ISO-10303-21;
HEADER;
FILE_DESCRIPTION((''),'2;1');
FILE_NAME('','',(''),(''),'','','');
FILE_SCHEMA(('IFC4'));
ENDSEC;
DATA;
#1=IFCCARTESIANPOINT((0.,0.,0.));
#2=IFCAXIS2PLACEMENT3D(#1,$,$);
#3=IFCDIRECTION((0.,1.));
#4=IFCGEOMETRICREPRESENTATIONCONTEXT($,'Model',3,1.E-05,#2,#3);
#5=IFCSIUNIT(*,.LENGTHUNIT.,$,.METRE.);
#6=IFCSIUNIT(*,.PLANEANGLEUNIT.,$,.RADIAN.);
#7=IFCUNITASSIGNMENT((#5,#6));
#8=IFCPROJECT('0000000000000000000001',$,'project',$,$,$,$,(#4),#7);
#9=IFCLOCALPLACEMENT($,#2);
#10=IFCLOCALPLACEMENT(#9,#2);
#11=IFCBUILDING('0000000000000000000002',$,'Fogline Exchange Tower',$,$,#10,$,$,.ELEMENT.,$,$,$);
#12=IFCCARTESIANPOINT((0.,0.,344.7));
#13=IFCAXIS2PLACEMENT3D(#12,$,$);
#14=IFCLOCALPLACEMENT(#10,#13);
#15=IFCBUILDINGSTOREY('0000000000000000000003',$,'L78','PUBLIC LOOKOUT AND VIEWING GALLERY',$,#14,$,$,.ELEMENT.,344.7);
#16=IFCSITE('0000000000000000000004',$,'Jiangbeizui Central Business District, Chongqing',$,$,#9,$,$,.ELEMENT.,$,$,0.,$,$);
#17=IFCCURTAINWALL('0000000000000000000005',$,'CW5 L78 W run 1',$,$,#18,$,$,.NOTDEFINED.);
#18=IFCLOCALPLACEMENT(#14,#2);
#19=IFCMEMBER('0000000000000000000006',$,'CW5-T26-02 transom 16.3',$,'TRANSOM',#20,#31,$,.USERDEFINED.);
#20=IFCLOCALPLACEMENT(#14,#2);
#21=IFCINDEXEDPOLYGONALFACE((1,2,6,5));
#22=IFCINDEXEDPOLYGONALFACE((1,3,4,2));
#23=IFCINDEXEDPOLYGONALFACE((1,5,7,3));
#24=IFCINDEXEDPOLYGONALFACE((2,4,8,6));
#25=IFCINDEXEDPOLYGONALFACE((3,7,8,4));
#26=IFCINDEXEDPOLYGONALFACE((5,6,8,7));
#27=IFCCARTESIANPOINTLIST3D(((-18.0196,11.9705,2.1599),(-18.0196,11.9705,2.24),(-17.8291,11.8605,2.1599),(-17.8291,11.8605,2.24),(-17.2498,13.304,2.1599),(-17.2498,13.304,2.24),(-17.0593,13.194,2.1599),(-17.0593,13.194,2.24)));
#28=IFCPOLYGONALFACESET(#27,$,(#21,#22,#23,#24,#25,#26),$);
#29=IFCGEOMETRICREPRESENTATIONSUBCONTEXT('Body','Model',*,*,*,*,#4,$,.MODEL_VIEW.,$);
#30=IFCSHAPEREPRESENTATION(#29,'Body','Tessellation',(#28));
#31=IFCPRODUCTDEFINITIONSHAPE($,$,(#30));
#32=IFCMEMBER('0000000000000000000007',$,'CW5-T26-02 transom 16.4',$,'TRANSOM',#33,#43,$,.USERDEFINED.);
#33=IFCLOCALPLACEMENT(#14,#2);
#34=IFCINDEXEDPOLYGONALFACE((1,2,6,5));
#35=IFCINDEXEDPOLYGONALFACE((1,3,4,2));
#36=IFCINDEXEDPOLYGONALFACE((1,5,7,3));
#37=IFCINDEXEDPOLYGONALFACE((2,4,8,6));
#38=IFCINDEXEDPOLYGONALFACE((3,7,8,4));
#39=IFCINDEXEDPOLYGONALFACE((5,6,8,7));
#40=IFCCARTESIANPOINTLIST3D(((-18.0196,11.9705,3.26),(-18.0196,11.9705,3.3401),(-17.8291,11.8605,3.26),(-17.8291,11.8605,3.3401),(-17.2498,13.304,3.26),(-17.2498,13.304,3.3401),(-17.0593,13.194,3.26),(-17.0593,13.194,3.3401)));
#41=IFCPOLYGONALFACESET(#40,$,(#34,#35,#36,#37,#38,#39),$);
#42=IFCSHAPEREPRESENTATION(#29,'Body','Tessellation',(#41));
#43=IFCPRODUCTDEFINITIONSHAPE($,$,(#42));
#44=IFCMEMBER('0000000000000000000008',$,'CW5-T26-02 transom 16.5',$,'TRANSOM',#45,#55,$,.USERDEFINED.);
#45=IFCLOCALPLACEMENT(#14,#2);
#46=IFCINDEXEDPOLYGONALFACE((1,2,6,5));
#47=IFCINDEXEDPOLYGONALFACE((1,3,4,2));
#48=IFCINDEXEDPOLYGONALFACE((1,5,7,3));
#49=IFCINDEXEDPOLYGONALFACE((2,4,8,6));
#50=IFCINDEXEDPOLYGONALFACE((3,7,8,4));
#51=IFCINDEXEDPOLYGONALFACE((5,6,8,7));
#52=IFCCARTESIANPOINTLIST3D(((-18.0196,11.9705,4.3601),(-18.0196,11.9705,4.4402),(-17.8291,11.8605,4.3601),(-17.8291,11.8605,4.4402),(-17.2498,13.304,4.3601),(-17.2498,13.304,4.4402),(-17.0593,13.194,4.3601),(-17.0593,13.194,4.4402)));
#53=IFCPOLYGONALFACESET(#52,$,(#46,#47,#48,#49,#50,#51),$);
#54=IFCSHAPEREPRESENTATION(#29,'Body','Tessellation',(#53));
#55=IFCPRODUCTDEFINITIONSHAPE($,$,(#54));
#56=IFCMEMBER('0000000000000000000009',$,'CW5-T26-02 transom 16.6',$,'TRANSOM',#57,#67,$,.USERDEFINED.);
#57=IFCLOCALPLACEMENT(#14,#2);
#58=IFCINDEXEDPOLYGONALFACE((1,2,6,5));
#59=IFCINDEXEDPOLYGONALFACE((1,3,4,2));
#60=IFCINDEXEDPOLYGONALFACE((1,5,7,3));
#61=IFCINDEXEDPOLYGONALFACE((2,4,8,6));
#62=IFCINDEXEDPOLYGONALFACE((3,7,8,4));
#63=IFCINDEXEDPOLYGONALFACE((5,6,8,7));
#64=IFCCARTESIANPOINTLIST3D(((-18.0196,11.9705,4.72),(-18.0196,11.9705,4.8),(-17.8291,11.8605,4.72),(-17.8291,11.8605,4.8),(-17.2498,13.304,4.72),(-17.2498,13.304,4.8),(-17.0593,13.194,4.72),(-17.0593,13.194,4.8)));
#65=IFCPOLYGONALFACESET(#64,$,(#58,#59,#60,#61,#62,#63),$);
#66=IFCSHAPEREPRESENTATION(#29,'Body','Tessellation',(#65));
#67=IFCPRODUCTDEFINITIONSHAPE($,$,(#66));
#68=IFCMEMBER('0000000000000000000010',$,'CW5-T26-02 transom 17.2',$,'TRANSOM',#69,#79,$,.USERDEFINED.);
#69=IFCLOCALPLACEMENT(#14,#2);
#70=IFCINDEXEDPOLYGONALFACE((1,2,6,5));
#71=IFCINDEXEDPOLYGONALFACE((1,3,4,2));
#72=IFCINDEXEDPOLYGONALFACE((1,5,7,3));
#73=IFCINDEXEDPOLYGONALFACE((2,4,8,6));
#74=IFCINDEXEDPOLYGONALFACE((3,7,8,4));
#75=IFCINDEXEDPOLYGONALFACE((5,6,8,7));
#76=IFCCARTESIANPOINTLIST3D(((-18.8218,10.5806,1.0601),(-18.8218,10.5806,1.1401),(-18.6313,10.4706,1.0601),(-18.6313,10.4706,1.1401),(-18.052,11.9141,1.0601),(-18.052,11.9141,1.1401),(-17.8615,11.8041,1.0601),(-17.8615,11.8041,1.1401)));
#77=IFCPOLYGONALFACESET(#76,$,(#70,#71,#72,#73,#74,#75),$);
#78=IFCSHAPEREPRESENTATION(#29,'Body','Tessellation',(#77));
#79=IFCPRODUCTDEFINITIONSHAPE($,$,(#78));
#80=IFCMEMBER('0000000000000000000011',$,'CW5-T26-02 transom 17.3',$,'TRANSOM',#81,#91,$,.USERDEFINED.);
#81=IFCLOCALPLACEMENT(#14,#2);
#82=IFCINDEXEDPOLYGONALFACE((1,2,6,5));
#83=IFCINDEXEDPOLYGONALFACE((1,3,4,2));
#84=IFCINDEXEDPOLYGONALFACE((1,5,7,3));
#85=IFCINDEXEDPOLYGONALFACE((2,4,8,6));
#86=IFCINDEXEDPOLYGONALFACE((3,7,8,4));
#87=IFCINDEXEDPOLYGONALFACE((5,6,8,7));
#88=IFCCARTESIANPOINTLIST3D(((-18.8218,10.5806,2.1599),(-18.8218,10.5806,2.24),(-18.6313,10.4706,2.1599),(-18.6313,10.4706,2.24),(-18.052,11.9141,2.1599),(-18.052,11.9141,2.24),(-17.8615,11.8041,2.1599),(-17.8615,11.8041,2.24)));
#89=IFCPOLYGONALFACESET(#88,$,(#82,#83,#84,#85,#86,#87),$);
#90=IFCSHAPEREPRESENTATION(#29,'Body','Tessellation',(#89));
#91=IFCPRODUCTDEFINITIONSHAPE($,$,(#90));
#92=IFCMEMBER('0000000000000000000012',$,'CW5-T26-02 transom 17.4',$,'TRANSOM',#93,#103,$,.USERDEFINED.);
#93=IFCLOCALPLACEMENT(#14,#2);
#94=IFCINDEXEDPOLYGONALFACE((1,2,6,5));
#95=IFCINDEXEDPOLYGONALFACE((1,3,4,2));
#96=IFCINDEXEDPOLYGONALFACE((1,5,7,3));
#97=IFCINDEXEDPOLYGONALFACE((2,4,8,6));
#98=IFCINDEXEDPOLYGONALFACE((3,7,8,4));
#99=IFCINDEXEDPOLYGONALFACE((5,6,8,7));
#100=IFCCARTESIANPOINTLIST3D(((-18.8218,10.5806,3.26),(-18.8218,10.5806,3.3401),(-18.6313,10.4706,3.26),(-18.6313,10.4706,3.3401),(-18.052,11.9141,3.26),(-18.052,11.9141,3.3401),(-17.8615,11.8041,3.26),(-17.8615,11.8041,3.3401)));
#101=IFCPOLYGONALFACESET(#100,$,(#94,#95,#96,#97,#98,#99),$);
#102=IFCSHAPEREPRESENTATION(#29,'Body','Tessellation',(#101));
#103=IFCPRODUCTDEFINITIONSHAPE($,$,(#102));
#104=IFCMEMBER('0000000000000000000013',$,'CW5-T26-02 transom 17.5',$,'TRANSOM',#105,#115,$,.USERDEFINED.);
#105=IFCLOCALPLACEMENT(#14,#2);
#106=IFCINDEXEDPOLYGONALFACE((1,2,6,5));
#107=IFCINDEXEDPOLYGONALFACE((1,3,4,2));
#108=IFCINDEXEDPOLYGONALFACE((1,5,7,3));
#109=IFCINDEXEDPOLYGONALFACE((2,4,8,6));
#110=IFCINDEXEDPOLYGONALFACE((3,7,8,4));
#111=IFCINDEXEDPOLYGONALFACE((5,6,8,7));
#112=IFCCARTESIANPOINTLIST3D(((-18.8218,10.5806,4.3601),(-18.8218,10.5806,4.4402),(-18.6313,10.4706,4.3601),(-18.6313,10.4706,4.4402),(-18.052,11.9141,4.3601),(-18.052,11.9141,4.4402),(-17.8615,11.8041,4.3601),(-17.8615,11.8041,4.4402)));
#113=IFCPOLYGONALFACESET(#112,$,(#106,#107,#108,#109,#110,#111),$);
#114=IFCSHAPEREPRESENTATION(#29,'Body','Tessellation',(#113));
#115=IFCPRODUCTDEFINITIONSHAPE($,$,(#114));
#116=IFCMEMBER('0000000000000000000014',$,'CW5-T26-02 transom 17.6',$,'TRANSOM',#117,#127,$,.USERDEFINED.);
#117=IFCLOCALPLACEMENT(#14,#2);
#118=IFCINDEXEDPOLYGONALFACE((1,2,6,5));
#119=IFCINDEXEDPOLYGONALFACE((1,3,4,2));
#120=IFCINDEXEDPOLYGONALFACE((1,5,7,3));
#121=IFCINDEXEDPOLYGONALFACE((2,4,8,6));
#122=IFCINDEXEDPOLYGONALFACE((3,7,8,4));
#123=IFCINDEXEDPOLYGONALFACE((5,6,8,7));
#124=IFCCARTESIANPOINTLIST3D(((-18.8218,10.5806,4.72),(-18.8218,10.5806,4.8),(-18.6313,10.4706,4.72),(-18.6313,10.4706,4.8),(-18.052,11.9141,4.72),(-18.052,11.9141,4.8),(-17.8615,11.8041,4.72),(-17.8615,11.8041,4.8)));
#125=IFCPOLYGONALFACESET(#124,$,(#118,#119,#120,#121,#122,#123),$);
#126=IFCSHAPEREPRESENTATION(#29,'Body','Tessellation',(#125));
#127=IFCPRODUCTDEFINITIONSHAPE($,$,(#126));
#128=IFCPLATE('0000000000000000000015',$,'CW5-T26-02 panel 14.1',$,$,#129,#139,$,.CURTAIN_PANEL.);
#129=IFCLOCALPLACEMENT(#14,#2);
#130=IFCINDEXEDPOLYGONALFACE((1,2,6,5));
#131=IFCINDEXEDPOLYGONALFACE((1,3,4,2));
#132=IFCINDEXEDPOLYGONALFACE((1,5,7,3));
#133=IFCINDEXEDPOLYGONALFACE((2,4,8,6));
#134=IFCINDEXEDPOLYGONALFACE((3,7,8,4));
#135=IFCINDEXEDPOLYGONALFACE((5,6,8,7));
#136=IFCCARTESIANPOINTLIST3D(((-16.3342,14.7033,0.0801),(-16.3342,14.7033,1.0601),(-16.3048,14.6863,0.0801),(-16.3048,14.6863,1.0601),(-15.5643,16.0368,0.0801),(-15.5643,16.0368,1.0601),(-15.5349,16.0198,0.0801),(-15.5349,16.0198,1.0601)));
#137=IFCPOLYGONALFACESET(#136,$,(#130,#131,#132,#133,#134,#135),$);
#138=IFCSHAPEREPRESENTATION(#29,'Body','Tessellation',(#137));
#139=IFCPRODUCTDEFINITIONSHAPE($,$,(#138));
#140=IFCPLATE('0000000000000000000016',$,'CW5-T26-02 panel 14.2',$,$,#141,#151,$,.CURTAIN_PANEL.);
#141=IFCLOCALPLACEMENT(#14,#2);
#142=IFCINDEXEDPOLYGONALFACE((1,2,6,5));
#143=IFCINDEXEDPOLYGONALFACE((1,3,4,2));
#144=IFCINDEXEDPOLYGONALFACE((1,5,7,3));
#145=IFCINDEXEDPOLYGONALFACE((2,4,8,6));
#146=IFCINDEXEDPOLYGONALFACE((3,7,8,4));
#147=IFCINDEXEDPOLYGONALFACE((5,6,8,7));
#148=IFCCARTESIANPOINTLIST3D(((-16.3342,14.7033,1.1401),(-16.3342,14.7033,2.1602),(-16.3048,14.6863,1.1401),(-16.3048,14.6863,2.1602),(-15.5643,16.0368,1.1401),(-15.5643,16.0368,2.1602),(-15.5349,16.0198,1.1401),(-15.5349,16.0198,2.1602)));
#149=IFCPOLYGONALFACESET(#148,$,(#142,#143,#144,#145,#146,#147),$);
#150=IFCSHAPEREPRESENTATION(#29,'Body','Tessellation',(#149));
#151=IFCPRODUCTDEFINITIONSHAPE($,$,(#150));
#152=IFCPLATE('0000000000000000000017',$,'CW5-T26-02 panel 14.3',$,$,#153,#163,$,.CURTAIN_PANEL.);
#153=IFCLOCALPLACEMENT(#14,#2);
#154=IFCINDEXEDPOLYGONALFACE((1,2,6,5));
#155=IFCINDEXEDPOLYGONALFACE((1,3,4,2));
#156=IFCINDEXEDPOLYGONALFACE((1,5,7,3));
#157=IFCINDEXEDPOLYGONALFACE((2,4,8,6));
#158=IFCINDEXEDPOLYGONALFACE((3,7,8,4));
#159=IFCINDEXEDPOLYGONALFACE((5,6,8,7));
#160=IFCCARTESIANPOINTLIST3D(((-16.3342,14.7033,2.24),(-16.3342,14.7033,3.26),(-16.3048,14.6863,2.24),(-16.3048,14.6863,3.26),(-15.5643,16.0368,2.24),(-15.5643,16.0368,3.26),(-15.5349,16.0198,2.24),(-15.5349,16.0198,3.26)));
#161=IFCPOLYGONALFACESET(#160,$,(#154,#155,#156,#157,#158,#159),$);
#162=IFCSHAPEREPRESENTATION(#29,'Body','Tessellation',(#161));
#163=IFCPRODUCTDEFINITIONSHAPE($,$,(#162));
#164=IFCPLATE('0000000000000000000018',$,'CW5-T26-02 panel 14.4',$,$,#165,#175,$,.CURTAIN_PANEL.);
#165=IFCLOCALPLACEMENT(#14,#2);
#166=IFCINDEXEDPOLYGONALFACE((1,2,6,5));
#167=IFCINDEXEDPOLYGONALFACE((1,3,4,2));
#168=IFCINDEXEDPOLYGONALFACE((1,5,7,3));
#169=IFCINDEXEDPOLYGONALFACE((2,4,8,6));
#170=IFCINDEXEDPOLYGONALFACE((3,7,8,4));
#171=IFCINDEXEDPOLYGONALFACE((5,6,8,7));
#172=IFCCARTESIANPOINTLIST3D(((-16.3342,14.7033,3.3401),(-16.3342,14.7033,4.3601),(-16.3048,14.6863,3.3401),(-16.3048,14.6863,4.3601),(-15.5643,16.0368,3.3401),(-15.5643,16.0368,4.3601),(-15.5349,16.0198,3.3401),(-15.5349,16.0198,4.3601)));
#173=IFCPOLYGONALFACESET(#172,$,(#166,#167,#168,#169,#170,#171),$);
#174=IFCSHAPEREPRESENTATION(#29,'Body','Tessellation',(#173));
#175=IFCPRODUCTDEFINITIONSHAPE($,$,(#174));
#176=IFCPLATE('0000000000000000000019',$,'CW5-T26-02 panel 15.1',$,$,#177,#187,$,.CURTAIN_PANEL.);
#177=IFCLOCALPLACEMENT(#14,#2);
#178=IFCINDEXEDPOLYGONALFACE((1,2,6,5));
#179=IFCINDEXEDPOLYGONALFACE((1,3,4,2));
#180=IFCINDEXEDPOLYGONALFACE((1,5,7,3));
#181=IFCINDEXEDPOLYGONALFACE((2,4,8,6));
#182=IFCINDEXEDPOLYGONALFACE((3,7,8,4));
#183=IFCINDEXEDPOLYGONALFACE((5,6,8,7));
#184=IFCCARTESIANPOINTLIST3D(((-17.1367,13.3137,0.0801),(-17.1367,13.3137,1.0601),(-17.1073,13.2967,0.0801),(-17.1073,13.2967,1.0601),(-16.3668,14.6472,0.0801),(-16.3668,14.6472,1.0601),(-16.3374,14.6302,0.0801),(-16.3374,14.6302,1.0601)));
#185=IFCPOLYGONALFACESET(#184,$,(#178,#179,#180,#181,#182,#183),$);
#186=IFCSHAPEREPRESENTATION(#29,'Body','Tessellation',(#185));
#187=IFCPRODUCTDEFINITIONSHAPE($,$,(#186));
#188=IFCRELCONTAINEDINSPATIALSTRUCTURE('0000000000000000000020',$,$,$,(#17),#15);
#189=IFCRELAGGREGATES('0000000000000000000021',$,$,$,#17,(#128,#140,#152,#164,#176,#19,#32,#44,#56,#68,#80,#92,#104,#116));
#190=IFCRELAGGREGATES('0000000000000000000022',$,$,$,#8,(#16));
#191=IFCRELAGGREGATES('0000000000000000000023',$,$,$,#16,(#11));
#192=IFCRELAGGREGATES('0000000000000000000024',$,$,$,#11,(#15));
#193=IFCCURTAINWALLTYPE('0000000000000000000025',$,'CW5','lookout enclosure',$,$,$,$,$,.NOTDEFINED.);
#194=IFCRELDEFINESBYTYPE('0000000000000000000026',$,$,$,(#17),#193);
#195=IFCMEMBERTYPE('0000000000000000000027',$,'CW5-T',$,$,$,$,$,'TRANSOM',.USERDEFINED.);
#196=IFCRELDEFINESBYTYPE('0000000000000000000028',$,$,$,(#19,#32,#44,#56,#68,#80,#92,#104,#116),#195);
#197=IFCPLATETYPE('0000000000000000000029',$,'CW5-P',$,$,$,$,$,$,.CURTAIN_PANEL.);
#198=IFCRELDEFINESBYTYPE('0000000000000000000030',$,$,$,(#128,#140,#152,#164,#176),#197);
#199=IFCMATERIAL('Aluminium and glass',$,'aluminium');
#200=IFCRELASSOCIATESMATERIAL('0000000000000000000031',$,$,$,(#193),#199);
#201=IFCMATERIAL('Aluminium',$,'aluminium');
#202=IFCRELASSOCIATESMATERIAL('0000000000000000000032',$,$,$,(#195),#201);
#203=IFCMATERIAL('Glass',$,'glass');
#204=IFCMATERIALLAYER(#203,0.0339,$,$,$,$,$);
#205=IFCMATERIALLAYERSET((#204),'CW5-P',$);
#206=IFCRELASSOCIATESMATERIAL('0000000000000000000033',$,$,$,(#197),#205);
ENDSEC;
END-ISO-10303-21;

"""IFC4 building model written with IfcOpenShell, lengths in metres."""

from ifc_helpers import new_model, si_unit, direction, frame, origin, origin_2d, place, context, subcontext, project, spatial, rectangle, extrude, material, layer, layer_set, material_profile, profile_set, type_object, element, aggregate, save


model = new_model("IFC4")

# Units and contexts
model_context = context("Model", 3, precision=1e-05, world=origin(), true_north=direction((0.0, 1.0)))
body_context = subcontext(model_context, "Body", "Model", "MODEL_VIEW")
ifc_project = project(units=[si_unit("LENGTHUNIT", "METRE"), si_unit("PLANEANGLEUNIT", "RADIAN")], contexts=[model_context])

# Site, building, storey
site_placement = place(None, origin())
site = spatial("IfcSite", under=ifc_project, at=site_placement, Name="Jiangbeizui Central Business District, Chongqing", CompositionType="ELEMENT", RefElevation=0.0)
building_placement = place(site_placement, origin())
building = spatial("IfcBuilding", under=site, at=building_placement, Name="Fogline Exchange Tower", CompositionType="ELEMENT")
storey_placement = place(building_placement, frame((0.0, 0.0, 344.7)))
storey = spatial("IfcBuildingStorey", under=building, at=storey_placement, Name="L78", Description="PUBLIC LOOKOUT AND VIEWING GALLERY", CompositionType="ELEMENT", Elevation=344.7)

# Curtain wall, members, plates
ifc_material_1 = material(Name="Aluminium and glass", Category="aluminium")
curtain_wall_type = type_object("IfcCurtainWallType", Name="CW5", Description="lookout enclosure", PredefinedType="NOTDEFINED", material=ifc_material_1)
curtain_wall_placement = place(storey_placement, origin())
curtain_wall = element("IfcCurtainWall", 1, at=curtain_wall_placement, inside=storey, type_object=curtain_wall_type, Name="CW5 L78 W run 1", PredefinedType="NOTDEFINED")
ifc_material_2 = material(Name="Aluminium", Category="aluminium")
ifc_material_profile_1 = material_profile(ifc_material_2, rectangle(XDim=0.22, YDim=0.0801, at=origin_2d()), Name="Transom 80x220")
ifc_profile_set_1 = profile_set([ifc_material_profile_1], Name="Aluminium")
member_type_1 = type_object("IfcMemberType", Name="CW5-T", ElementType="TRANSOM", PredefinedType="USERDEFINED", material=ifc_profile_set_1)
member_1_placement = place(storey_placement, frame((-17.1545, 13.249, 2.2), z_axis=(-0.499942, -0.866059, 0.0), x_axis=(0.866059, -0.499942, 0.0)))
member_1 = element("IfcMember", 2, at=member_1_placement, type_object=member_type_1, Name="CW5-T26-02 transom 16.3", ObjectType="TRANSOM", PredefinedType="USERDEFINED", context=body_context, shape_type="SweptSolid", body=[
    extrude(rectangle(XDim=0.22, YDim=0.0801, at=origin_2d()), origin(), (0.0, 0.0, 1.0), 1.5398),
])
member_2_placement = place(storey_placement, frame((-17.1545, 13.249, 3.3), z_axis=(-0.499942, -0.866059, 0.0), x_axis=(0.866059, -0.499942, 0.0)))
member_2 = element("IfcMember", 3, at=member_2_placement, type_object=member_type_1, Name="CW5-T26-02 transom 16.4", ObjectType="TRANSOM", PredefinedType="USERDEFINED", context=body_context, shape_type="SweptSolid", body=[
    extrude(rectangle(XDim=0.22, YDim=0.0801, at=origin_2d()), origin(), (0.0, 0.0, 1.0), 1.5398),
])
member_3_placement = place(storey_placement, frame((-17.1545, 13.249, 4.4001), z_axis=(-0.499942, -0.866059, 0.0), x_axis=(0.866059, -0.499942, 0.0)))
member_3 = element("IfcMember", 4, at=member_3_placement, type_object=member_type_1, Name="CW5-T26-02 transom 16.5", ObjectType="TRANSOM", PredefinedType="USERDEFINED", context=body_context, shape_type="SweptSolid", body=[
    extrude(rectangle(XDim=0.22, YDim=0.0801, at=origin_2d()), origin(), (0.0, 0.0, 1.0), 1.5398),
])
member_4_placement = place(storey_placement, frame((-17.1545, 13.249, 4.76), z_axis=(-0.499942, -0.866059, 0.0), x_axis=(0.866059, -0.499942, 0.0)))
member_4 = element("IfcMember", 5, at=member_4_placement, type_object=member_type_1, Name="CW5-T26-02 transom 16.6", ObjectType="TRANSOM", PredefinedType="USERDEFINED", context=body_context, shape_type="SweptSolid", body=[
    extrude(rectangle(XDim=0.22, YDim=0.0801, at=origin_2d()), origin(), (0.0, 0.0, 1.0), 1.5398),
])
member_5_placement = place(storey_placement, frame((-17.9568, 11.8591, 1.1001), z_axis=(-0.499942, -0.866059, 0.0), x_axis=(0.866059, -0.499942, 0.0)))
member_5 = element("IfcMember", 6, at=member_5_placement, type_object=member_type_1, Name="CW5-T26-02 transom 17.2", ObjectType="TRANSOM", PredefinedType="USERDEFINED", context=body_context, shape_type="SweptSolid", body=[
    extrude(rectangle(XDim=0.22, YDim=0.0801, at=origin_2d()), origin(), (0.0, 0.0, 1.0), 1.5398),
])
member_6_placement = place(storey_placement, frame((-17.9568, 11.8591, 2.2), z_axis=(-0.499942, -0.866059, 0.0), x_axis=(0.866059, -0.499942, 0.0)))
member_6 = element("IfcMember", 7, at=member_6_placement, type_object=member_type_1, Name="CW5-T26-02 transom 17.3", ObjectType="TRANSOM", PredefinedType="USERDEFINED", context=body_context, shape_type="SweptSolid", body=[
    extrude(rectangle(XDim=0.22, YDim=0.0801, at=origin_2d()), origin(), (0.0, 0.0, 1.0), 1.5398),
])
member_7_placement = place(storey_placement, frame((-17.9568, 11.8591, 3.3), z_axis=(-0.499942, -0.866059, 0.0), x_axis=(0.866059, -0.499942, 0.0)))
member_7 = element("IfcMember", 8, at=member_7_placement, type_object=member_type_1, Name="CW5-T26-02 transom 17.4", ObjectType="TRANSOM", PredefinedType="USERDEFINED", context=body_context, shape_type="SweptSolid", body=[
    extrude(rectangle(XDim=0.22, YDim=0.0801, at=origin_2d()), origin(), (0.0, 0.0, 1.0), 1.5398),
])
member_8_placement = place(storey_placement, frame((-17.9568, 11.8591, 4.4001), z_axis=(-0.499942, -0.866059, 0.0), x_axis=(0.866059, -0.499942, 0.0)))
member_8 = element("IfcMember", 9, at=member_8_placement, type_object=member_type_1, Name="CW5-T26-02 transom 17.5", ObjectType="TRANSOM", PredefinedType="USERDEFINED", context=body_context, shape_type="SweptSolid", body=[
    extrude(rectangle(XDim=0.22, YDim=0.0801, at=origin_2d()), origin(), (0.0, 0.0, 1.0), 1.5398),
])
member_9_placement = place(storey_placement, frame((-17.9568, 11.8591, 4.76), z_axis=(-0.499942, -0.866059, 0.0), x_axis=(0.866059, -0.499942, 0.0)))
member_9 = element("IfcMember", 10, at=member_9_placement, type_object=member_type_1, Name="CW5-T26-02 transom 17.6", ObjectType="TRANSOM", PredefinedType="USERDEFINED", context=body_context, shape_type="SweptSolid", body=[
    extrude(rectangle(XDim=0.22, YDim=0.0801, at=origin_2d()), origin(), (0.0, 0.0, 1.0), 1.5398),
])
ifc_material_3 = material(Name="Glass", Category="glass")
ifc_layer = layer(ifc_material_3, 0.0339)
ifc_layer_set = layer_set([ifc_layer], Name="CW5-P")
plate_type = type_object("IfcPlateType", Name="CW5-P", PredefinedType="CURTAIN_PANEL", material=ifc_layer_set)
plate_1_placement = place(storey_placement, frame((-15.9346, 15.3616, 0.0801), z_axis=(0.0, 0.0, 1.0), x_axis=(-0.5, -0.866025, 0.0)))
plate_1 = element("IfcPlate", 11, at=plate_1_placement, type_object=plate_type, Name="CW5-T26-02 panel 14.1", PredefinedType="CURTAIN_PANEL", context=body_context, shape_type="SweptSolid", body=[
    extrude(rectangle(XDim=1.5398, YDim=0.0339, at=origin_2d()), origin(), (0.0, 0.0, 1.0), 0.98),
])
plate_2_placement = place(storey_placement, frame((-15.9346, 15.3616, 1.1401), z_axis=(0.0, 0.0, 1.0), x_axis=(-0.5, -0.866025, 0.0)))
plate_2 = element("IfcPlate", 12, at=plate_2_placement, type_object=plate_type, Name="CW5-T26-02 panel 14.2", PredefinedType="CURTAIN_PANEL", context=body_context, shape_type="SweptSolid", body=[
    extrude(rectangle(XDim=1.5398, YDim=0.0339, at=origin_2d()), origin(), (0.0, 0.0, 1.0), 1.02),
])
plate_3_placement = place(storey_placement, frame((-15.9346, 15.3616, 2.24), z_axis=(0.0, 0.0, 1.0), x_axis=(-0.5, -0.866025, 0.0)))
plate_3 = element("IfcPlate", 13, at=plate_3_placement, type_object=plate_type, Name="CW5-T26-02 panel 14.3", PredefinedType="CURTAIN_PANEL", context=body_context, shape_type="SweptSolid", body=[
    extrude(rectangle(XDim=1.5398, YDim=0.0339, at=origin_2d()), origin(), (0.0, 0.0, 1.0), 1.02),
])
plate_4_placement = place(storey_placement, frame((-15.9346, 15.3616, 3.3401), z_axis=(0.0, 0.0, 1.0), x_axis=(-0.5, -0.866025, 0.0)))
plate_4 = element("IfcPlate", 14, at=plate_4_placement, type_object=plate_type, Name="CW5-T26-02 panel 14.4", PredefinedType="CURTAIN_PANEL", context=body_context, shape_type="SweptSolid", body=[
    extrude(rectangle(XDim=1.5398, YDim=0.0339, at=origin_2d()), origin(), (0.0, 0.0, 1.0), 1.02),
])
plate_5_placement = place(storey_placement, frame((-16.7371, 13.9719, 0.0801), z_axis=(0.0, 0.0, 1.0), x_axis=(-0.5, -0.866025, 0.0)))
plate_5 = element("IfcPlate", 15, at=plate_5_placement, type_object=plate_type, Name="CW5-T26-02 panel 15.1", PredefinedType="CURTAIN_PANEL", context=body_context, shape_type="SweptSolid", body=[
    extrude(rectangle(XDim=1.5398, YDim=0.0339, at=origin_2d()), origin(), (0.0, 0.0, 1.0), 0.98),
])
aggregate(curtain_wall, [plate_1, plate_2, plate_3, plate_4, plate_5, member_1, member_2, member_3, member_4, member_5, member_6, member_7, member_8, member_9])

save(model, "model.ifc")
